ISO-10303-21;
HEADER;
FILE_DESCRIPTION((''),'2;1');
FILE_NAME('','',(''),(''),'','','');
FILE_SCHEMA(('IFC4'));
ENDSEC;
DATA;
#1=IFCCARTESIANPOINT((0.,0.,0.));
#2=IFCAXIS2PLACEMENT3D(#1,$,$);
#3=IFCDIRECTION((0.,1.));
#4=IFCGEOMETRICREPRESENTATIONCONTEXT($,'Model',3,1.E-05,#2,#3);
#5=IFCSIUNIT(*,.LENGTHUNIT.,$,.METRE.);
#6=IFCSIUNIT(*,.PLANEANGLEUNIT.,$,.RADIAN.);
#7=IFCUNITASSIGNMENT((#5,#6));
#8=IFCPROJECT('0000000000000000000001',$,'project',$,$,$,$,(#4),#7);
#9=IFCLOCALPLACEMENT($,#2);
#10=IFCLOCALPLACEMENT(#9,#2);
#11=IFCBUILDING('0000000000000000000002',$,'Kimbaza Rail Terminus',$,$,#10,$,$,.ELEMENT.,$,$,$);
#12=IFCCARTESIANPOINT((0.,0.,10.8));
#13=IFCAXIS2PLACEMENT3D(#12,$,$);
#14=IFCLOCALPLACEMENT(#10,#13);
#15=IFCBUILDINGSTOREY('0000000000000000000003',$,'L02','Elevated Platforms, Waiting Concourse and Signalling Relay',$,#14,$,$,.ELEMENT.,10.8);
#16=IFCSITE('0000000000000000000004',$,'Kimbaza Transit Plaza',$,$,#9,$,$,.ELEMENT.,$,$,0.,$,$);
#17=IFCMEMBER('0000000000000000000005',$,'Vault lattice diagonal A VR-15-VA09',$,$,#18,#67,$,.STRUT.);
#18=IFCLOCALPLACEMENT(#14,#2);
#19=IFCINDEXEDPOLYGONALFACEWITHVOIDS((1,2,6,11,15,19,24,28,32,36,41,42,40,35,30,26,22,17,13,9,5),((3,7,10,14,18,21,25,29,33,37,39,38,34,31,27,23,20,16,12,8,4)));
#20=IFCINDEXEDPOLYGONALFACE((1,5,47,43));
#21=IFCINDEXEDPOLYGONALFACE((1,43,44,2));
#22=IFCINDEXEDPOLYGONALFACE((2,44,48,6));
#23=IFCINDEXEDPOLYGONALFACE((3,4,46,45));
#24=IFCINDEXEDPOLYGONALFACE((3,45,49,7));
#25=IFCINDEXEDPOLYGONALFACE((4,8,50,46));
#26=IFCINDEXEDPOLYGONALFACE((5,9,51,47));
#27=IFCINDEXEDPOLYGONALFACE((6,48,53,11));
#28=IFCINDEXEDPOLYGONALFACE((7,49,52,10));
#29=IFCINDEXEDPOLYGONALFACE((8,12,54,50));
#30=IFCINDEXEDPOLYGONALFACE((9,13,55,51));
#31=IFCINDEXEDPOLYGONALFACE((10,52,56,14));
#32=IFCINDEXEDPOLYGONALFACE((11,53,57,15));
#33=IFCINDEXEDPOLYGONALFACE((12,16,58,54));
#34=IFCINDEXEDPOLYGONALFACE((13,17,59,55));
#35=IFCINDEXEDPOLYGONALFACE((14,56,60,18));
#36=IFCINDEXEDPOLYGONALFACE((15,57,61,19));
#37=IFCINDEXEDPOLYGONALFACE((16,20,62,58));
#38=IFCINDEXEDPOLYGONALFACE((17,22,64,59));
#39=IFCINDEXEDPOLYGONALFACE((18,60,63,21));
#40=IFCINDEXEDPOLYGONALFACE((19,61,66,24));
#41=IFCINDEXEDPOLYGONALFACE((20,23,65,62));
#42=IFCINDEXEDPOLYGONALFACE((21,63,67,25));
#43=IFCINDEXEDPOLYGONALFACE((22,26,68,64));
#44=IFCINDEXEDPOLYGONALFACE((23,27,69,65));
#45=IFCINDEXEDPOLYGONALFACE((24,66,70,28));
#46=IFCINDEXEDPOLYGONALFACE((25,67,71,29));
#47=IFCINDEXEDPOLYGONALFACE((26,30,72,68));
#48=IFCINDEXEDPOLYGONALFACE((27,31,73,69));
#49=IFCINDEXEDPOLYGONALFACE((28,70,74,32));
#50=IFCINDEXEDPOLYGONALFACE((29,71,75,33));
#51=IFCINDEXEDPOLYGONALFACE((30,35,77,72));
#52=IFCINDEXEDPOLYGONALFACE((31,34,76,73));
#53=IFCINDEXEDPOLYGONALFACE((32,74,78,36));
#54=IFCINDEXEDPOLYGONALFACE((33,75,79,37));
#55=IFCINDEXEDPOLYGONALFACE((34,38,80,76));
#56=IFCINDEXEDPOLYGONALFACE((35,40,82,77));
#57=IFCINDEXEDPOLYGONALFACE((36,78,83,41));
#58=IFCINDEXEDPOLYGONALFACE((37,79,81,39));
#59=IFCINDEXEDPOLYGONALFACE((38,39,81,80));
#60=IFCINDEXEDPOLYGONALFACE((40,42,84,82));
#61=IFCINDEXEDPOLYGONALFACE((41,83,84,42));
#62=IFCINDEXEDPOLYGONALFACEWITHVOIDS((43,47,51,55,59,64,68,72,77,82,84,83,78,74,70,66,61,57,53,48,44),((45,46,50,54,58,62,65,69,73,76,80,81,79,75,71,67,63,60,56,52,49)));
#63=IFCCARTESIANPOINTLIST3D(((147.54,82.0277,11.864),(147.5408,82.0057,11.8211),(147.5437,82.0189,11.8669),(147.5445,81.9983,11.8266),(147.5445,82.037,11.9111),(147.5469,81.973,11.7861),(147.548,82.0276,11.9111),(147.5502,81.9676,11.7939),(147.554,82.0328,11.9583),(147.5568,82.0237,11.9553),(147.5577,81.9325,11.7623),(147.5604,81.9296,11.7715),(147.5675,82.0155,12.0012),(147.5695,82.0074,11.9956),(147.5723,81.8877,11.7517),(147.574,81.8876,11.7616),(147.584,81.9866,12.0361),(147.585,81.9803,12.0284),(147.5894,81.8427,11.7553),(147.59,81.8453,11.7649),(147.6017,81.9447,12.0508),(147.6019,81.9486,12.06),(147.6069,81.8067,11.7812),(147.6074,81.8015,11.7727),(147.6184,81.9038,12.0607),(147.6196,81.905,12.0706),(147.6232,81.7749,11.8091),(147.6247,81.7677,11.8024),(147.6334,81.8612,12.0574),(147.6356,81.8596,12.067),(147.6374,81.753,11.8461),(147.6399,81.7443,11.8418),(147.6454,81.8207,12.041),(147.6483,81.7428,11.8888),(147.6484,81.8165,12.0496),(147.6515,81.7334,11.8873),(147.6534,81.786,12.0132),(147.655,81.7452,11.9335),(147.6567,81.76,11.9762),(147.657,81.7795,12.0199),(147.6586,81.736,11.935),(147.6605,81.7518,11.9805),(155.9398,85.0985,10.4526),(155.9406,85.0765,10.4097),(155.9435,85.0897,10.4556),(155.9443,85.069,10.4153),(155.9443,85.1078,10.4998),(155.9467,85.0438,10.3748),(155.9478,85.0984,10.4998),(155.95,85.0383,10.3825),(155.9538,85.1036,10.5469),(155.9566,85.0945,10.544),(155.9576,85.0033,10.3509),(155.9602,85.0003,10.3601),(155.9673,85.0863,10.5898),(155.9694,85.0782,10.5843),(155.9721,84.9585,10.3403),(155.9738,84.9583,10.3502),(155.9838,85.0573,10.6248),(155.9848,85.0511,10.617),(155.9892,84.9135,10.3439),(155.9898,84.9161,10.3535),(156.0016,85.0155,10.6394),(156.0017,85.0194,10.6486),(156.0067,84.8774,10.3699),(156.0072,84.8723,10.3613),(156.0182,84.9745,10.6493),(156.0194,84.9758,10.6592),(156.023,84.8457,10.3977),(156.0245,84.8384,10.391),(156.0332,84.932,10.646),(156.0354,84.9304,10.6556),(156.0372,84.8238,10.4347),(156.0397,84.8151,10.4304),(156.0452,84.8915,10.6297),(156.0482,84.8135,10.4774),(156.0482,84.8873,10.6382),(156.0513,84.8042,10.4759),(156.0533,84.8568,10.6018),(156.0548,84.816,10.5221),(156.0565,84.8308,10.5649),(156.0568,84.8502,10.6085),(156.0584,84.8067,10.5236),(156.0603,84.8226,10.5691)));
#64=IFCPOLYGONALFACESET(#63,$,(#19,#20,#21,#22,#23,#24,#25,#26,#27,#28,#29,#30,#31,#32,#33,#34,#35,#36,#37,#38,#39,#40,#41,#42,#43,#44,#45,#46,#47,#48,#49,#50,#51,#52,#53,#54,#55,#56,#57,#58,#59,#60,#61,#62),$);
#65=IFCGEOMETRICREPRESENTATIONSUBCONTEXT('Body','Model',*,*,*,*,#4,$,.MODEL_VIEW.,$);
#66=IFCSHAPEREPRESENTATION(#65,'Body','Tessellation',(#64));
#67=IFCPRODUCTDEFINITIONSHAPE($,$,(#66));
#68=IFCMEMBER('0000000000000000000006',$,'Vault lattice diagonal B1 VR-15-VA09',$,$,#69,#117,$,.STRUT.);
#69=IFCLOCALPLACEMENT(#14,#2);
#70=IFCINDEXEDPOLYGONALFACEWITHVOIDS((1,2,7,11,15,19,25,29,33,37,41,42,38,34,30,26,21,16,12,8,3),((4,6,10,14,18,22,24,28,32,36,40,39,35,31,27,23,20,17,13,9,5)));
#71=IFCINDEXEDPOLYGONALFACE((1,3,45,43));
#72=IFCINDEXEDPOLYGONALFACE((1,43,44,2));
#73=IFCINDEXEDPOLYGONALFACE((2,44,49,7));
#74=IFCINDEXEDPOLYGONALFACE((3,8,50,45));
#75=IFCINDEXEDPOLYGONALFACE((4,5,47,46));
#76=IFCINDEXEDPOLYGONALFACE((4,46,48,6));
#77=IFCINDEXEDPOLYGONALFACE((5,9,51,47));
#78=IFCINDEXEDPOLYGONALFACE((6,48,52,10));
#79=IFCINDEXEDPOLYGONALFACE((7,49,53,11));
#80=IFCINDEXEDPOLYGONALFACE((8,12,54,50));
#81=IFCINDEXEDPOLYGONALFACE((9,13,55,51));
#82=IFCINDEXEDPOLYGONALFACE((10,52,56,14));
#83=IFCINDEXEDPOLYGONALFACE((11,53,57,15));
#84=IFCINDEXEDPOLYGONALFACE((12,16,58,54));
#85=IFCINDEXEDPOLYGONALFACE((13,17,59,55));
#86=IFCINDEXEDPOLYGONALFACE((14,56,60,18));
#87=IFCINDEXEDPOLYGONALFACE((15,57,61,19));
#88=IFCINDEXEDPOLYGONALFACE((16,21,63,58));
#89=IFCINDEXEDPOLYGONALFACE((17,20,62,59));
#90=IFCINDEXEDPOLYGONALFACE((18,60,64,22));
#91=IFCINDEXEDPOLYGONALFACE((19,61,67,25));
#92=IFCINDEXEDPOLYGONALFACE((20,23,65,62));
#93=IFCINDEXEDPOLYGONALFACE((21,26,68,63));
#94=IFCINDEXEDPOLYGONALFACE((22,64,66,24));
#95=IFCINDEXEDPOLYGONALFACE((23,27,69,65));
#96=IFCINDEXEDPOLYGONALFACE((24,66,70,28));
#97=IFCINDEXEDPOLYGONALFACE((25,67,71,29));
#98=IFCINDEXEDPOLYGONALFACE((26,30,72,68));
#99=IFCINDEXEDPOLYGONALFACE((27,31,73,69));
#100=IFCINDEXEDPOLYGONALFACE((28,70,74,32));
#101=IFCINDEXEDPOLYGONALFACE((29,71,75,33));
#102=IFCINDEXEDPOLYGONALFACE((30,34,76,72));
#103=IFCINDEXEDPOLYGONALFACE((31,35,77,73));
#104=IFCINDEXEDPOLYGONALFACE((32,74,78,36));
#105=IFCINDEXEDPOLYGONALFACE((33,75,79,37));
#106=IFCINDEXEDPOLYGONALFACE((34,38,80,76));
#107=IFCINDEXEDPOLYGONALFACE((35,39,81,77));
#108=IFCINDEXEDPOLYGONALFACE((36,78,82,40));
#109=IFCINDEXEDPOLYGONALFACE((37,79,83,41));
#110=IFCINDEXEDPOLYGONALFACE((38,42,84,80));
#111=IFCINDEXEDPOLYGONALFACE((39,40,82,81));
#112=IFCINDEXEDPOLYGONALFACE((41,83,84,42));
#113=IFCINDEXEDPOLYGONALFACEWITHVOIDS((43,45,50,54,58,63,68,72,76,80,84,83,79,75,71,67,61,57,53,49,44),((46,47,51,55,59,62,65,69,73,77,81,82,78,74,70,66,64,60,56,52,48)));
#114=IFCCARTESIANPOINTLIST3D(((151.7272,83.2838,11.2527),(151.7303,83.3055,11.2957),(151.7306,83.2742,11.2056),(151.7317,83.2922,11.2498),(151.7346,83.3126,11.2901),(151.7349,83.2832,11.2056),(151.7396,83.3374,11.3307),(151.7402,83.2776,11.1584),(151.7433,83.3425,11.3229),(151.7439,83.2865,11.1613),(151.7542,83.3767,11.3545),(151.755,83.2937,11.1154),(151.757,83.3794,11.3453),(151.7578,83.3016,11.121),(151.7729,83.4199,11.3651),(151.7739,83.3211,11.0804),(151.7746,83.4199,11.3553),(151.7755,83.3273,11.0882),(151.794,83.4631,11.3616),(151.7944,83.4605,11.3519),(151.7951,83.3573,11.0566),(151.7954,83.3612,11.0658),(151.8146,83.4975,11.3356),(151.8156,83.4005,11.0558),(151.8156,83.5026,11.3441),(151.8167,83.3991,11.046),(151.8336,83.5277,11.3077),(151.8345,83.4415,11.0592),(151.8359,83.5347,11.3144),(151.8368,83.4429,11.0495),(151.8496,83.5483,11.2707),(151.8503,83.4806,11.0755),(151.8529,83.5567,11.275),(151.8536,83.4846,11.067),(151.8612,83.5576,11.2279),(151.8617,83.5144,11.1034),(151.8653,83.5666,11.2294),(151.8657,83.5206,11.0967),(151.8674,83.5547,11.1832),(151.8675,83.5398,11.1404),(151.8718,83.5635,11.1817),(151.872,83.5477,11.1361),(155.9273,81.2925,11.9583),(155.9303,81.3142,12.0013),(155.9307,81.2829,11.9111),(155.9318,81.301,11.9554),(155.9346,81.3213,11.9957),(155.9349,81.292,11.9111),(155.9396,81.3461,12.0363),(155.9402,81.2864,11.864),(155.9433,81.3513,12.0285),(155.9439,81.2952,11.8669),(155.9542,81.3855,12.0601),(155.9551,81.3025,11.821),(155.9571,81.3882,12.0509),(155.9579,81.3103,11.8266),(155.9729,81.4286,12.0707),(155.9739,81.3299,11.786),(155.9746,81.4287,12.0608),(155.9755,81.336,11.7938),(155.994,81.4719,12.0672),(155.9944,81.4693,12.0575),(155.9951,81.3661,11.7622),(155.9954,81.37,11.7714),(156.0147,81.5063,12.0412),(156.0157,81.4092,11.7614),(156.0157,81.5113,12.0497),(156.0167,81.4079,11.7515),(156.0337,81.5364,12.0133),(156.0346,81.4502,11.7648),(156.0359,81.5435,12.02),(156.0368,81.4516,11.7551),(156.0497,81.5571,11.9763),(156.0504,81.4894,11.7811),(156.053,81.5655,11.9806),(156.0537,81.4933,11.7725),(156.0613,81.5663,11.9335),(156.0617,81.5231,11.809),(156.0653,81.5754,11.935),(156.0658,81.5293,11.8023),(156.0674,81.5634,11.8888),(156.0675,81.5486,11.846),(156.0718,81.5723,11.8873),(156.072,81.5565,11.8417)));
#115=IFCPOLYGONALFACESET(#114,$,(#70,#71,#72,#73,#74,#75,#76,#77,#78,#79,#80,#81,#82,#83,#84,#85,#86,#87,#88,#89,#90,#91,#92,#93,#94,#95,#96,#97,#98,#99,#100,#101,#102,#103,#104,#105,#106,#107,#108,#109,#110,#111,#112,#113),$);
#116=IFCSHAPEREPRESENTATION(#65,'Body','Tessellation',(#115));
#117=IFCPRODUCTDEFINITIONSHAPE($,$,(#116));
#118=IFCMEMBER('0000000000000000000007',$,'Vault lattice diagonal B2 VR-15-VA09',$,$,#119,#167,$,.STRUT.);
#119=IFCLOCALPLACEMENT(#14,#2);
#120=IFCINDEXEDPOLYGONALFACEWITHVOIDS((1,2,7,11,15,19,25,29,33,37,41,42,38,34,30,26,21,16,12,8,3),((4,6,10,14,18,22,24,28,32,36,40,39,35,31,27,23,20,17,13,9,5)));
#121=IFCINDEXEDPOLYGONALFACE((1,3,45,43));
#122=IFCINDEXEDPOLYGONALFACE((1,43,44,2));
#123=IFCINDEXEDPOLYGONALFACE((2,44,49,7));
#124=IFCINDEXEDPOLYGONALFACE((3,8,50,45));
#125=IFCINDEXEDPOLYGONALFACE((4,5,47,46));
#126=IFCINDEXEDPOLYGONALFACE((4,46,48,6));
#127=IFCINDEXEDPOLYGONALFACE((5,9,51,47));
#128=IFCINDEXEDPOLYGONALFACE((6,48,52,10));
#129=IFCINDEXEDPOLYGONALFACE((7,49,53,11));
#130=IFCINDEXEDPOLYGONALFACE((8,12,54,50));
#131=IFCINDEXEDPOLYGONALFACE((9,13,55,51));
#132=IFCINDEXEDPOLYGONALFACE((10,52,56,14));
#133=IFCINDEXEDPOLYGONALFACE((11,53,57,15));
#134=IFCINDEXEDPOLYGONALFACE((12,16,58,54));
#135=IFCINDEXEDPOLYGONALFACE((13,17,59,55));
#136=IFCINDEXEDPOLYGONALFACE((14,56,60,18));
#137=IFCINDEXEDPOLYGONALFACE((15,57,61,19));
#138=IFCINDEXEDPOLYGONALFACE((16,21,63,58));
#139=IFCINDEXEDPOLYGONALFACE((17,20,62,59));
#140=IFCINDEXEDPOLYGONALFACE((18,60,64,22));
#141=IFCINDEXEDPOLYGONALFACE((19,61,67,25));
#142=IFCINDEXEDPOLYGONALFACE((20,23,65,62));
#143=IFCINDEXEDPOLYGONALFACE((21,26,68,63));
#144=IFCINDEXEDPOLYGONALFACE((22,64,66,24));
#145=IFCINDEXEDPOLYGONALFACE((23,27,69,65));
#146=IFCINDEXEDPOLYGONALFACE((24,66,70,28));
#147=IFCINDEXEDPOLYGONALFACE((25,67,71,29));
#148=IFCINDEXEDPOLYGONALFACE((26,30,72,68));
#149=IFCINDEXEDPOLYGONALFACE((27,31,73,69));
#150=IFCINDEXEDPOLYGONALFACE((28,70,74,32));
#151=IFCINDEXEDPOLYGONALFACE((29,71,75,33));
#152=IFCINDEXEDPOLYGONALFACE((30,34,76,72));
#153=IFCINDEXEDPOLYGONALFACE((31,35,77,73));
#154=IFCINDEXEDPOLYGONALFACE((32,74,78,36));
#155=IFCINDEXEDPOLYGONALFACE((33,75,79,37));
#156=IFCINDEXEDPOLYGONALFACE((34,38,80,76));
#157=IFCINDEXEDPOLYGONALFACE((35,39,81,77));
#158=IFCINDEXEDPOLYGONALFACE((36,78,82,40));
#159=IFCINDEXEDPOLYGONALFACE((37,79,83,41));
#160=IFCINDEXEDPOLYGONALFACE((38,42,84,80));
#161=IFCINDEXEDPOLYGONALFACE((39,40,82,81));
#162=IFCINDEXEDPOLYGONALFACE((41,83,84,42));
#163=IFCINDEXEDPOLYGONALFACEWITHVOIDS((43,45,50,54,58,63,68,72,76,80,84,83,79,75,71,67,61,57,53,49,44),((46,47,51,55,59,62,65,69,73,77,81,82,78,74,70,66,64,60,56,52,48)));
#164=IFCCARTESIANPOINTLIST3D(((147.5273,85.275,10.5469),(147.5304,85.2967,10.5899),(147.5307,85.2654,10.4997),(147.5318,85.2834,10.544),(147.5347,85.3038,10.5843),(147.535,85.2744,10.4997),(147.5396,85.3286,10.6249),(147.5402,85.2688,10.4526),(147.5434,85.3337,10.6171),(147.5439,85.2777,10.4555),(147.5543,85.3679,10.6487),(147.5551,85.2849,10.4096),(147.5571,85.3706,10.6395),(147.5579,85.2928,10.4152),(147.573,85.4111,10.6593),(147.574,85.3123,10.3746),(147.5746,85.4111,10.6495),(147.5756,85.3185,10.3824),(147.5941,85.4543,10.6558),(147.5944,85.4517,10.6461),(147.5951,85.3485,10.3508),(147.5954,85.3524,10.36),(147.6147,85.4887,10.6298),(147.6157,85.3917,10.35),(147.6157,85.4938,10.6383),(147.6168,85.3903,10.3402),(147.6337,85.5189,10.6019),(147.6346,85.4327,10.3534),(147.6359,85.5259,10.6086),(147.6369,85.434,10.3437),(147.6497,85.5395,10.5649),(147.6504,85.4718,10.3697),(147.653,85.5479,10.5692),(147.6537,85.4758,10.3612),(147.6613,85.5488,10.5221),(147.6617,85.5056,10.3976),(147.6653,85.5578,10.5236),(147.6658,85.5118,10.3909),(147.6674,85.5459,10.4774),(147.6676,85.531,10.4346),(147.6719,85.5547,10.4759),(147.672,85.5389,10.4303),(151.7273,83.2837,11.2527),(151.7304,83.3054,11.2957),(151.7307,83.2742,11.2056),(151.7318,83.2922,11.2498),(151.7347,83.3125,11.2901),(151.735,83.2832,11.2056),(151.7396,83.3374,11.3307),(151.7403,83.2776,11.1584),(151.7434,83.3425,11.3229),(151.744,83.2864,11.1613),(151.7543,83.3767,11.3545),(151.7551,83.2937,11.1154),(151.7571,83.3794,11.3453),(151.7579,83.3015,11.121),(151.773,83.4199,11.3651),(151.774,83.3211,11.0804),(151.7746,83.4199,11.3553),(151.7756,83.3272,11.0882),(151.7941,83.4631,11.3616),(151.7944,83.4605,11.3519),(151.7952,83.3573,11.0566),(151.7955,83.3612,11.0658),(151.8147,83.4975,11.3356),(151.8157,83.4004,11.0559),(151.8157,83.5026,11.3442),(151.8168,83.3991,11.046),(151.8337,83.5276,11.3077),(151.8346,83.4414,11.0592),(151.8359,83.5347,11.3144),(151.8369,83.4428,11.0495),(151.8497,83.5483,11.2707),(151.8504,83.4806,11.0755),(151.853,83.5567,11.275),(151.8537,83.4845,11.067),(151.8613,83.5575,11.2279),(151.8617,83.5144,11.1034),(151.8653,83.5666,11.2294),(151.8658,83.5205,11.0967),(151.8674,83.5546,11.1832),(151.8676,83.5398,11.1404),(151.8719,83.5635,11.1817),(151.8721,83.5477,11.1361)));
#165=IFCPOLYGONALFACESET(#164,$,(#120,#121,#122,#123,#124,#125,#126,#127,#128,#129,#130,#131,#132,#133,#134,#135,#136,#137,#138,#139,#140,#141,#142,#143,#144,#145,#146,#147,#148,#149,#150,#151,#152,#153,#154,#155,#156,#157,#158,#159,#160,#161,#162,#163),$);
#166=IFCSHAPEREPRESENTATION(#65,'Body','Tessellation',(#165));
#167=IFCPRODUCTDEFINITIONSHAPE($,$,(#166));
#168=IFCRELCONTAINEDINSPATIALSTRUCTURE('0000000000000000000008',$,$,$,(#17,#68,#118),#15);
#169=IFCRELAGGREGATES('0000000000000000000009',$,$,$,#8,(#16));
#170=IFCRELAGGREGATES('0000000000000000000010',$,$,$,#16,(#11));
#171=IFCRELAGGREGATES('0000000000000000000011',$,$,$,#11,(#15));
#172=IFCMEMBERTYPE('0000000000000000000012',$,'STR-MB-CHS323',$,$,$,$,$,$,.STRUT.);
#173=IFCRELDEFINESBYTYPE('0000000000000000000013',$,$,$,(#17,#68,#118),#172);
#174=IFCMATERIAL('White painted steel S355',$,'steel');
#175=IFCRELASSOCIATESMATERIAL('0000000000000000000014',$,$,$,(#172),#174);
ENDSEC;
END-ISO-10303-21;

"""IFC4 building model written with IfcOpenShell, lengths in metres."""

from ifc_helpers import new_model, si_unit, direction, frame, origin, origin_2d, place, context, subcontext, project, spatial, hollow_circle, extrude, material, material_profile, profile_set, type_object, element, save


model = new_model("IFC4")

# Units and contexts
model_context = context("Model", 3, precision=1e-05, world=origin(), true_north=direction((0.0, 1.0)))
body_context = subcontext(model_context, "Body", "Model", "MODEL_VIEW")
ifc_project = project(units=[si_unit("LENGTHUNIT", "METRE"), si_unit("PLANEANGLEUNIT", "RADIAN")], contexts=[model_context])

# Site, building, storey
site_placement = place(None, origin())
site = spatial("IfcSite", under=ifc_project, at=site_placement, Name="Kimbaza Transit Plaza", CompositionType="ELEMENT", RefElevation=0.0)
building_placement = place(site_placement, origin())
building = spatial("IfcBuilding", under=site, at=building_placement, Name="Kimbaza Rail Terminus", CompositionType="ELEMENT")
storey_placement = place(building_placement, frame((0.0, 0.0, 10.8)))
storey = spatial("IfcBuildingStorey", under=building, at=storey_placement, Name="L02", Description="Elevated Platforms, Waiting Concourse and Signalling Relay", CompositionType="ELEMENT", Elevation=10.8)

# Members
ifc_material_1 = material(Name="White painted steel S355", Category="steel")
ifc_material_profile_1 = material_profile(ifc_material_1, hollow_circle(Radius=0.1619, WallThickness=0.01, at=origin_2d()), Name="CHS 323.9x10")
ifc_profile_set_1 = profile_set([ifc_material_profile_1], Name="White painted steel S355")
member_type_1 = type_object("IfcMemberType", Name="STR-MB-CHS323", PredefinedType="STRUT", material=ifc_profile_set_1)
member_1_placement = place(storey_placement, frame((147.6001, 81.885, 11.9111), z_axis=(0.927726, 0.339154, -0.155879), x_axis=(-0.343351, 0.939207, 0.0)))
element("IfcMember", 1, at=member_1_placement, inside=storey, type_object=member_type_1, Name="Vault lattice diagonal A VR-15-VA09", PredefinedType="STRUT", context=body_context, shape_type="SweptSolid", body=[
    extrude(hollow_circle(Radius=0.1619, WallThickness=0.01, at=origin_2d()), origin(), (0.0, 0.0, 1.0), 9.0542),
])
for number, where, z_axis, x_axis, name in (
    (2, (156.0, 81.4292, 11.9111), (-0.893357, 0.423544, -0.150079), (-0.428396, -0.903591, 0.0), "Vault lattice diagonal B1 VR-15-VA09"),
    (3, (151.8, 83.4204, 11.2056), (-0.89335, 0.42354, -0.150129), (-0.428396, -0.903591, 0.0), "Vault lattice diagonal B2 VR-15-VA09"),
):
    element("IfcMember", number, at=place(storey_placement, frame(where, z_axis=z_axis, x_axis=x_axis)), inside=storey, type_object=member_type_1, Name=name, PredefinedType="STRUT", context=body_context, shape_type="SweptSolid", body=[
        extrude(hollow_circle(Radius=0.1619, WallThickness=0.01, at=origin_2d()), origin(), (0.0, 0.0, 1.0), 4.7014),
    ])

save(model, "model.ifc")
